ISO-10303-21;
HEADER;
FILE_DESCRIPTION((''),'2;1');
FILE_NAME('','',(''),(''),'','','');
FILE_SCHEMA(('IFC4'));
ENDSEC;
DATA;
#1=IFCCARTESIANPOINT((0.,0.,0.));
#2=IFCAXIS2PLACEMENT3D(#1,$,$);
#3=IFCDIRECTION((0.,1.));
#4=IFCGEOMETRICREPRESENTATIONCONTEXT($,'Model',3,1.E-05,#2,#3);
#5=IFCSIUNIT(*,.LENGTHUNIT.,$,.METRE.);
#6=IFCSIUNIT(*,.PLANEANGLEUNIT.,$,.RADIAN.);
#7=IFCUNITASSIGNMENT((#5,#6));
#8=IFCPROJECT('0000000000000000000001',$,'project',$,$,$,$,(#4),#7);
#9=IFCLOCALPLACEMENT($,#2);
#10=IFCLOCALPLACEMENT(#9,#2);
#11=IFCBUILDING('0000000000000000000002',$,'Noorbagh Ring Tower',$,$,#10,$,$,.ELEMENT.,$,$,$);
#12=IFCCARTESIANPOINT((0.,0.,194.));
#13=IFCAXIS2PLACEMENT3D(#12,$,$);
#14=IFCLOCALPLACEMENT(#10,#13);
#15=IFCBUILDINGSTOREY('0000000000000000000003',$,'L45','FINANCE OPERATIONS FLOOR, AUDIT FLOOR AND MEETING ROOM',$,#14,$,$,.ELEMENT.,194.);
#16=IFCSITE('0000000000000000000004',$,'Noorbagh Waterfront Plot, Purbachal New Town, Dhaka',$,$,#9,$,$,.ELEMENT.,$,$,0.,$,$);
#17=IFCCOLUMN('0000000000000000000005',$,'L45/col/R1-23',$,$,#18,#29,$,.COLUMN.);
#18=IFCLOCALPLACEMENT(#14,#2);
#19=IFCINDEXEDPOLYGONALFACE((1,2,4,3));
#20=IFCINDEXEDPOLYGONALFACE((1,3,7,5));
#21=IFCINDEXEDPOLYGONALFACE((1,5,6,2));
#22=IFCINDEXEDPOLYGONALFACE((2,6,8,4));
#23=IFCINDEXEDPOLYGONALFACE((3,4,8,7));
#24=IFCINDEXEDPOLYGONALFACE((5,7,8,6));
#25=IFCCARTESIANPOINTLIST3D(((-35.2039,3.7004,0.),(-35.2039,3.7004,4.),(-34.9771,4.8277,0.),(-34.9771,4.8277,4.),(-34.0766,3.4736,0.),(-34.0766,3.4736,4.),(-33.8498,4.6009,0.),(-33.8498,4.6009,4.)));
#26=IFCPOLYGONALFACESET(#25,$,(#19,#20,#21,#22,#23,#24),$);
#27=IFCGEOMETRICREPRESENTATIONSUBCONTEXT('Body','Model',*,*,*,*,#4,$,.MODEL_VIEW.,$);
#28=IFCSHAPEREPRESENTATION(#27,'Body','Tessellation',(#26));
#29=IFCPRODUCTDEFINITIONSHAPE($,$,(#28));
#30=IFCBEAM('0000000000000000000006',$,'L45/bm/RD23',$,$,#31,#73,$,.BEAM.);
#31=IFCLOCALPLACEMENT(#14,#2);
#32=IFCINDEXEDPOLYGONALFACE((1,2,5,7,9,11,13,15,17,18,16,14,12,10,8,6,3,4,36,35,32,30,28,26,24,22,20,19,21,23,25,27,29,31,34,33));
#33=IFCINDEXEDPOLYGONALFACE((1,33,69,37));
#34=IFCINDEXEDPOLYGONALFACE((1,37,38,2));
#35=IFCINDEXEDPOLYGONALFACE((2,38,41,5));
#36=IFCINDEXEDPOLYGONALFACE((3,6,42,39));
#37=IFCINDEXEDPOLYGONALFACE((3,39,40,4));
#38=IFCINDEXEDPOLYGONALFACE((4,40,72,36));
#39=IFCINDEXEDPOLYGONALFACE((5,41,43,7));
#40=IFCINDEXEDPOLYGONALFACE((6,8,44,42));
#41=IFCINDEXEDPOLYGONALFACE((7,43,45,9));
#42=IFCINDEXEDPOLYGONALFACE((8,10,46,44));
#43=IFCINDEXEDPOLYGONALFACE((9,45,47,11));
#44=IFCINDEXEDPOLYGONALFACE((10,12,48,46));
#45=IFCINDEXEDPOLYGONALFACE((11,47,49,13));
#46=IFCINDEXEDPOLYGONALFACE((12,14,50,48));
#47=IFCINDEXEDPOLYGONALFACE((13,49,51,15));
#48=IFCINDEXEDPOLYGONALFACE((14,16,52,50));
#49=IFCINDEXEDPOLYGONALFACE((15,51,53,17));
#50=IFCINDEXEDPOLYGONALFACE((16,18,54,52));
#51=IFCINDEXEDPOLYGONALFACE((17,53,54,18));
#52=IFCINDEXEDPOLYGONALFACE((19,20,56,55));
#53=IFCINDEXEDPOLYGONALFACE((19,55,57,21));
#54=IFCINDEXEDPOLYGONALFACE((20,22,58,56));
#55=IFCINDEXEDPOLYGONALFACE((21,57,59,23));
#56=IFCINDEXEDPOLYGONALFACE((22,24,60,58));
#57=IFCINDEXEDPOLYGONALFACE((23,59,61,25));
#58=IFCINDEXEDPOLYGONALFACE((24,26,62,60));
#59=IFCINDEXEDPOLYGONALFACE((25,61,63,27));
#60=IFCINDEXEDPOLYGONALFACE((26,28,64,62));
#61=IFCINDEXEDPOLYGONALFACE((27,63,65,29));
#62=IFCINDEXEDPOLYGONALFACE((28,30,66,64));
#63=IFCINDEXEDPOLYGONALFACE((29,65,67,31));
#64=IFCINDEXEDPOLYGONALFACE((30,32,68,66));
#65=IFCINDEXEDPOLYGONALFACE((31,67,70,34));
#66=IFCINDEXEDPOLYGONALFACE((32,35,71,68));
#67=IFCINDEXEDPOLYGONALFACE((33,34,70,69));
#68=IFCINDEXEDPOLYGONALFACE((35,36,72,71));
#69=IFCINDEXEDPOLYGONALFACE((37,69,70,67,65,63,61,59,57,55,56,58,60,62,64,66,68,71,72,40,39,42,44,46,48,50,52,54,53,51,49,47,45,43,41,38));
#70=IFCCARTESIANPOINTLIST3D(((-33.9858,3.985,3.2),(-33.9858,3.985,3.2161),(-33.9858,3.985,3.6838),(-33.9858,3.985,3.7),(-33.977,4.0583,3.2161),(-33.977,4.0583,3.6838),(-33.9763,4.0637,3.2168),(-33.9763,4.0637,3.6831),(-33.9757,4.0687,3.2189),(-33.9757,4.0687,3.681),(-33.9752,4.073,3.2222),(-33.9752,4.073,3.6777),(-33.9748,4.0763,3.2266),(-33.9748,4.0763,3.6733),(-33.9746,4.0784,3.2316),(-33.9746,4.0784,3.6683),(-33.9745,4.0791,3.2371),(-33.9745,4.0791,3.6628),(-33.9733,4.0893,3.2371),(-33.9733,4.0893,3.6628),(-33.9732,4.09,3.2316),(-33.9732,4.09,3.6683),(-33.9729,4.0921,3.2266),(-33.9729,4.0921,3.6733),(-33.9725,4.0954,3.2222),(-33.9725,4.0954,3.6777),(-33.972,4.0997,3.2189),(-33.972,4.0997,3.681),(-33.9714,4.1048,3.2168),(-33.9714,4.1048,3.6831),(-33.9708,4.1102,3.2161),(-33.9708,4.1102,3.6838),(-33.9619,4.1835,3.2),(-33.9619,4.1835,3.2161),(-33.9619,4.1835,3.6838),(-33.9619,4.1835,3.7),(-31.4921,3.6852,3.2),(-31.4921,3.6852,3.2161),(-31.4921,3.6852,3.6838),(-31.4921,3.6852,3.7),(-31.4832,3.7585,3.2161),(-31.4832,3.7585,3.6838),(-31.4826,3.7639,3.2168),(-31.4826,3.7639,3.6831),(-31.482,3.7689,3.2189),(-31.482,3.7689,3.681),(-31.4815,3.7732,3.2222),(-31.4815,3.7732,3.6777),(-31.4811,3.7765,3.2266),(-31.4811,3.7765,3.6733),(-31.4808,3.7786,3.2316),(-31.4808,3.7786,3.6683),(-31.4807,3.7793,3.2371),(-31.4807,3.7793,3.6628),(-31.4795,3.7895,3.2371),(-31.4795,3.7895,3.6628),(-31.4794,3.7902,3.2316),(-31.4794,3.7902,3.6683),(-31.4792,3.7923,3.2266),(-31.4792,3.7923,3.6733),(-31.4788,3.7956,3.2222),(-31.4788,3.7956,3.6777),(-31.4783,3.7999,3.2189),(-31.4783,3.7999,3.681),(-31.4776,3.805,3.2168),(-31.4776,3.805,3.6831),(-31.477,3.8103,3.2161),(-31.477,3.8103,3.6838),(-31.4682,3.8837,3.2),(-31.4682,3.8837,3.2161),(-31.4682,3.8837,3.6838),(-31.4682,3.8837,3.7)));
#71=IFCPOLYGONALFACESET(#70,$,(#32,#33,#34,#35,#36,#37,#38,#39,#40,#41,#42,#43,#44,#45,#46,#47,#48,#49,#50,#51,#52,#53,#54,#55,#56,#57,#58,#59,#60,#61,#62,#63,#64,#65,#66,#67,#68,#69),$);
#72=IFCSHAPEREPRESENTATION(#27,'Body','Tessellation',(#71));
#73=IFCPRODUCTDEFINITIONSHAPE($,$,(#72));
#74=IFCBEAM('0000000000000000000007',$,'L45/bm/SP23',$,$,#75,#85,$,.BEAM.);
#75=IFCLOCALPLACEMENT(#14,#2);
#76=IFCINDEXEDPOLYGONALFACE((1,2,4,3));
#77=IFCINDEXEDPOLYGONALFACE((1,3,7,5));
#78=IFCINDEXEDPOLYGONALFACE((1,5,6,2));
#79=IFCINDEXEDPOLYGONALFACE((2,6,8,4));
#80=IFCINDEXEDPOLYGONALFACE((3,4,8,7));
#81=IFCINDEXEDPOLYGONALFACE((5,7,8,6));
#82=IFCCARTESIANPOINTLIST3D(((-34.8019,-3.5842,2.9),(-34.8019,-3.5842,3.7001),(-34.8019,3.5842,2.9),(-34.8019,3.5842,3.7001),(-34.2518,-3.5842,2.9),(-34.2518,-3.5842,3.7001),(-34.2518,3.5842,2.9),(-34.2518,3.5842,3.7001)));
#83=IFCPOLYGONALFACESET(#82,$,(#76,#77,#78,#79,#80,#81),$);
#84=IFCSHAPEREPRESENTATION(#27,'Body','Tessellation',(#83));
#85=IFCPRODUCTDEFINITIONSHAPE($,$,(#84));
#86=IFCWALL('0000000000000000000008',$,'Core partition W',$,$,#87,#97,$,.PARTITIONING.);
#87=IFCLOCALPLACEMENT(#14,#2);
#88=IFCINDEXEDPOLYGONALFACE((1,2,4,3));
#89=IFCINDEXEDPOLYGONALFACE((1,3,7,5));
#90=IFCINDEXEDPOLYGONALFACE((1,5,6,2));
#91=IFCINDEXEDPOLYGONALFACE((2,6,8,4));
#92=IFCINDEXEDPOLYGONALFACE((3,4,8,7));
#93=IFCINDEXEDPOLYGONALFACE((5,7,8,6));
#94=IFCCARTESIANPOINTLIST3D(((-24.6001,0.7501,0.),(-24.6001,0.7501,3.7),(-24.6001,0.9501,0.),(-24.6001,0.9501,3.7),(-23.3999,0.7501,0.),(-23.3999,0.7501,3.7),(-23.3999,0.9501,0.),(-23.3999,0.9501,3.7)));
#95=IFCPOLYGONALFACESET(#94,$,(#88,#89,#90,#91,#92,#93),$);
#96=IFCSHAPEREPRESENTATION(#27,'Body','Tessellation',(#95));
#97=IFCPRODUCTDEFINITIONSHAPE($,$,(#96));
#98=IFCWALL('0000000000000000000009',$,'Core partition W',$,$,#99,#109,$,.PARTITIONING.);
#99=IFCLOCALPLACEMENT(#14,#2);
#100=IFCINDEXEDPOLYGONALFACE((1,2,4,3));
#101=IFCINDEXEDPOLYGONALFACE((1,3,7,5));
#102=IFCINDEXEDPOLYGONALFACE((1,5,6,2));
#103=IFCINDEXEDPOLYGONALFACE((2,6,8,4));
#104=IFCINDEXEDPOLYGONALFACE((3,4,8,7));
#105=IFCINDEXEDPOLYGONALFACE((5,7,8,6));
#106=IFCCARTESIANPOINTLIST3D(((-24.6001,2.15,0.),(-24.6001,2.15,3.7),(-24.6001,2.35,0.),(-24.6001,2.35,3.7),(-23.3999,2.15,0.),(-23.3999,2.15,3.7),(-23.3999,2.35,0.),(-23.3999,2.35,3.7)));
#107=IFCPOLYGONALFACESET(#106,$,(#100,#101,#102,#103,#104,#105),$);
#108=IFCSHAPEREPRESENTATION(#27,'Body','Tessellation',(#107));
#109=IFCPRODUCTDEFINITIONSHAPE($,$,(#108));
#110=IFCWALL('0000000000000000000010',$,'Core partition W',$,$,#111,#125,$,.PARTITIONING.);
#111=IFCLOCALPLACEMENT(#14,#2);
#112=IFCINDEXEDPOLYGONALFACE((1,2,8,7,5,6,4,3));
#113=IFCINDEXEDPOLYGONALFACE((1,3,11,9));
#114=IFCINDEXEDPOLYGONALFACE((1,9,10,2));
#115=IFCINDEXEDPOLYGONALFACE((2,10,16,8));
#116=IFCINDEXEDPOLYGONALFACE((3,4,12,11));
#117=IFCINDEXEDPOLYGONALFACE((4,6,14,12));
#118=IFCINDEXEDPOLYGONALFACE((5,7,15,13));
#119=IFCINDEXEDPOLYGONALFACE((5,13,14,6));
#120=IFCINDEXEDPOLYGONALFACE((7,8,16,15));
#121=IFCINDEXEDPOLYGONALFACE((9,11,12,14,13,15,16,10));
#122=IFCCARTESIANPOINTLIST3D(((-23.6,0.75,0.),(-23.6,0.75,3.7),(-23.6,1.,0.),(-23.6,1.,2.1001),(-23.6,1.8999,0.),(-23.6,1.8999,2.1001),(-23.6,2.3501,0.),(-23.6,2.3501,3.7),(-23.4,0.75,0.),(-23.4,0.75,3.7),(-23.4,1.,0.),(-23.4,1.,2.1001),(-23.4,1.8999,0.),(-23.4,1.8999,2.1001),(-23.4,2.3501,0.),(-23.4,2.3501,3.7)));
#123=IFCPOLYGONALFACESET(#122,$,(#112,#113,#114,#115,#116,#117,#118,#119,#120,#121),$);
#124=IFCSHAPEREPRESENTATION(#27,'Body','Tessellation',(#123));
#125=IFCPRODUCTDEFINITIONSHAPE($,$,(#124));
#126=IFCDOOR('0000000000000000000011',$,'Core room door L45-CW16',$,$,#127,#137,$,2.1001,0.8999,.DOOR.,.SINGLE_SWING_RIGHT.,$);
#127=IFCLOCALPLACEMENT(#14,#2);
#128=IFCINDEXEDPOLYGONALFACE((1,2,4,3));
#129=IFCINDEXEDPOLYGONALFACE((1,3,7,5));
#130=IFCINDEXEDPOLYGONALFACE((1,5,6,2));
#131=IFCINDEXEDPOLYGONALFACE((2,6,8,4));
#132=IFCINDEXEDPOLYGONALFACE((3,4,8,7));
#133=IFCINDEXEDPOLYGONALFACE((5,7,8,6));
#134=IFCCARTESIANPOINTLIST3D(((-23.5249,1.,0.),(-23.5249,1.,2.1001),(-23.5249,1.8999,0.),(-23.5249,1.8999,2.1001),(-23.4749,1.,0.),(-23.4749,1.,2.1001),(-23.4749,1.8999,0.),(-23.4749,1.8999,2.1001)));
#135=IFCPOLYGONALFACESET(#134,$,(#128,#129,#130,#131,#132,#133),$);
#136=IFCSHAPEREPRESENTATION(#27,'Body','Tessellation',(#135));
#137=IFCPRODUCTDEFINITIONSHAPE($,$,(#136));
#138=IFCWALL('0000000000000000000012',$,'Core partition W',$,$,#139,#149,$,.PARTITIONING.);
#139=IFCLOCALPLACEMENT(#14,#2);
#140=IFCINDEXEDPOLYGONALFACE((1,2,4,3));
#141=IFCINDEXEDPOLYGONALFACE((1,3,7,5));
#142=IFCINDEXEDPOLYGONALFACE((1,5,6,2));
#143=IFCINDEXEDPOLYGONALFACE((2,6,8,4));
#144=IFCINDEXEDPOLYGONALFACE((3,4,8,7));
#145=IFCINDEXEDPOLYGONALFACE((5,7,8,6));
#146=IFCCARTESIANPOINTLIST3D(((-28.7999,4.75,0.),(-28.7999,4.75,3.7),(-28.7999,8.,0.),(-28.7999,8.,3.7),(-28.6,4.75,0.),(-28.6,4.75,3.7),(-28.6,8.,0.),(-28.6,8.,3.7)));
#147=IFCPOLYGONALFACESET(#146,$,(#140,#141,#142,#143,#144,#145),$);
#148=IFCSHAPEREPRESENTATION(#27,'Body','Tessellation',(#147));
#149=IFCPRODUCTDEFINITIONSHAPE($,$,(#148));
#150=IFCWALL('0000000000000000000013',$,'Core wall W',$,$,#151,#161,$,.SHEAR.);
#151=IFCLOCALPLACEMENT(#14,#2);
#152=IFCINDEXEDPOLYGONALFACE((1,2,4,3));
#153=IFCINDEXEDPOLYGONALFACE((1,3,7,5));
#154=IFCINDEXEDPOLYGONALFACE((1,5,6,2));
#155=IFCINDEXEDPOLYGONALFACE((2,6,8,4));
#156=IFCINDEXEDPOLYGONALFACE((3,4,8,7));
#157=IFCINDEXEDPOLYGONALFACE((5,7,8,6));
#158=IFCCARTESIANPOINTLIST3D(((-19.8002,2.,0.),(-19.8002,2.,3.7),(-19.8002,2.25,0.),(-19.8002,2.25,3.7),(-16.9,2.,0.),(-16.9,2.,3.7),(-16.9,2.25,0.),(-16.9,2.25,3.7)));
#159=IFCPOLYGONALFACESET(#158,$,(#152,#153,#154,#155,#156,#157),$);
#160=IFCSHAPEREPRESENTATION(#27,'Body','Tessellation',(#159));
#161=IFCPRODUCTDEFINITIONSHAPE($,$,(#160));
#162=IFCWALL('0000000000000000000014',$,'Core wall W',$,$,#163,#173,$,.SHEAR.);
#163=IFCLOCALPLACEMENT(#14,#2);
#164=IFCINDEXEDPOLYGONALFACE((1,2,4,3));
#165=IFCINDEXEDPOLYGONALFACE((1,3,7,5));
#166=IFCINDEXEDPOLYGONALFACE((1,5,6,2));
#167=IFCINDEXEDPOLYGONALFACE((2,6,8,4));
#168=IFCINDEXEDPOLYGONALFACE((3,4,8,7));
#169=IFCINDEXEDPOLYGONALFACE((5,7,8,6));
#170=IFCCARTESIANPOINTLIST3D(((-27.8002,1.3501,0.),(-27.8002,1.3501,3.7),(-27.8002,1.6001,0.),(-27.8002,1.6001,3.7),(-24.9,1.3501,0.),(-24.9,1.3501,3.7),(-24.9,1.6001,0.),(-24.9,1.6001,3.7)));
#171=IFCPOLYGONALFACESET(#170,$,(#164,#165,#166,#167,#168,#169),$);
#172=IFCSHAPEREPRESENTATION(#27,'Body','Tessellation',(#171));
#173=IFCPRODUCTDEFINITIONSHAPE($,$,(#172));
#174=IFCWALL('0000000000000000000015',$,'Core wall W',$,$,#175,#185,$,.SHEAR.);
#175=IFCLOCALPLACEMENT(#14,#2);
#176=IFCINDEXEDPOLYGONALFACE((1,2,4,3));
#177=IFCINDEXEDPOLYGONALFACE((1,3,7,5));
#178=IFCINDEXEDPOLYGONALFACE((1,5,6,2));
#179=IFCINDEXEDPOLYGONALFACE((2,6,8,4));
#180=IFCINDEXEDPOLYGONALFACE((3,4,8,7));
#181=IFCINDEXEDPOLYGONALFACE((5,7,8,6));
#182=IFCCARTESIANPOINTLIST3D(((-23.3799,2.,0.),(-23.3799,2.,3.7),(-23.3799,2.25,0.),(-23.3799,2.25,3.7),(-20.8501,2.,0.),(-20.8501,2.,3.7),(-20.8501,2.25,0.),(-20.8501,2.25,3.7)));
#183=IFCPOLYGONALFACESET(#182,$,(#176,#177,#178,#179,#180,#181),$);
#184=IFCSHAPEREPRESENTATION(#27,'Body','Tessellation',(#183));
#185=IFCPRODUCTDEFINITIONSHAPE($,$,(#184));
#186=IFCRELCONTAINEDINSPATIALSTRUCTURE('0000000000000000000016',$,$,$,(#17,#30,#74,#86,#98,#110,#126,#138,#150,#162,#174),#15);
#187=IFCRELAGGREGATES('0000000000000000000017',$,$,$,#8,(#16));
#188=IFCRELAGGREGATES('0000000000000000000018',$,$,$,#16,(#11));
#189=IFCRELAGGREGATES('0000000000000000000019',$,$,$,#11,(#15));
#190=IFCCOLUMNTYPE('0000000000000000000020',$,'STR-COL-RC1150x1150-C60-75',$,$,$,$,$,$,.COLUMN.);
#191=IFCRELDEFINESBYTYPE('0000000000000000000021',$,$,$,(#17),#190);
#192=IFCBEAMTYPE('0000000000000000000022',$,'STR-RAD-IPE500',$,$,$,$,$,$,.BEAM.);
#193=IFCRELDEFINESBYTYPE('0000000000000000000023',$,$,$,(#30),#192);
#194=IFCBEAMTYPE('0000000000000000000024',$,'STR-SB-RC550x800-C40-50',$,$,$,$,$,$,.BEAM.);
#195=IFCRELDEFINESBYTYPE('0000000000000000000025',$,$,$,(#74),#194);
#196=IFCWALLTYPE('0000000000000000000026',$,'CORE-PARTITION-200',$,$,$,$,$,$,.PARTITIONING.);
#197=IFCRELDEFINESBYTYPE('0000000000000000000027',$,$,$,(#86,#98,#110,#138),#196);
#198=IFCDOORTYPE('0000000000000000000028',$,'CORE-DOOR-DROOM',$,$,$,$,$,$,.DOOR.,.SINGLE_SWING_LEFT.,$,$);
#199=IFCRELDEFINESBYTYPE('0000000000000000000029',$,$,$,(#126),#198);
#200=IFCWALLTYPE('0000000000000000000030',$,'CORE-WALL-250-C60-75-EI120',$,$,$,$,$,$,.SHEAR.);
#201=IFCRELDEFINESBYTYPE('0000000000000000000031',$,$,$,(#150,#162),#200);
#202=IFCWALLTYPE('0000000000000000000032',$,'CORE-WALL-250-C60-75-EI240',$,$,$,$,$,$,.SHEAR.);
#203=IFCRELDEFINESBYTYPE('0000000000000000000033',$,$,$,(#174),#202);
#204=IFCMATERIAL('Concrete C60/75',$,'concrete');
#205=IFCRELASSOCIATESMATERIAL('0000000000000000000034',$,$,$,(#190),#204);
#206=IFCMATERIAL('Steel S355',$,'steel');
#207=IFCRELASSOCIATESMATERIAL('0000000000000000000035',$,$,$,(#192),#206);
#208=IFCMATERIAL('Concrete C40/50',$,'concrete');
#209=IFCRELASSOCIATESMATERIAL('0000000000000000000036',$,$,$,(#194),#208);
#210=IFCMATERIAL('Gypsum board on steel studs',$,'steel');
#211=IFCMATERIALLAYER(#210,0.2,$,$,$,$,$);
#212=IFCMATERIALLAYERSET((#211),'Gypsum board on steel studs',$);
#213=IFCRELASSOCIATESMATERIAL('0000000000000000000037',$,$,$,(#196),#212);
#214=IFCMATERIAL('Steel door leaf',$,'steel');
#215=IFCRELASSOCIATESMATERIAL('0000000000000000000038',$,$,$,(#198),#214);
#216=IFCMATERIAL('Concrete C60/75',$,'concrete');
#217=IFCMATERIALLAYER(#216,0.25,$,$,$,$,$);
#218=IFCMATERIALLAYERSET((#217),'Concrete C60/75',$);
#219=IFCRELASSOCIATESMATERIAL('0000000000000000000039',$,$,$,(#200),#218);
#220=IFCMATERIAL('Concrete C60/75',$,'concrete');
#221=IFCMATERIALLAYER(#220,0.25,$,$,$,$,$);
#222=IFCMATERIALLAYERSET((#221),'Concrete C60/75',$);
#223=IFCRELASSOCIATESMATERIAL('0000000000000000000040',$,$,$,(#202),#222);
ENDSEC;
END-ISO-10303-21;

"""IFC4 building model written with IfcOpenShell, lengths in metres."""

from ifc_helpers import new_model, si_unit, direction, frame, frame_2d, origin, origin_2d, place, context, subcontext, project, spatial, rectangle, i_section, extrude, material, layer, layer_set, material_profile, profile_set, type_object, element, fill, save


model = new_model("IFC4")

# Units and contexts
model_context = context("Model", 3, precision=1e-05, world=origin(), true_north=direction((0.0, 1.0)))
body_context = subcontext(model_context, "Body", "Model", "MODEL_VIEW")
ifc_project = project(units=[si_unit("LENGTHUNIT", "METRE"), si_unit("PLANEANGLEUNIT", "RADIAN")], contexts=[model_context])

# Site, building, storey
site_placement = place(None, origin())
site = spatial("IfcSite", under=ifc_project, at=site_placement, Name="Noorbagh Waterfront Plot, Purbachal New Town, Dhaka", CompositionType="ELEMENT", RefElevation=0.0)
building_placement = place(site_placement, origin())
building = spatial("IfcBuilding", under=site, at=building_placement, Name="Noorbagh Ring Tower", CompositionType="ELEMENT")
storey_placement = place(building_placement, frame((0.0, 0.0, 194.0)))
storey = spatial("IfcBuildingStorey", under=building, at=storey_placement, Name="L45", Description="FINANCE OPERATIONS FLOOR, AUDIT FLOOR AND MEETING ROOM", CompositionType="ELEMENT", Elevation=194.0)

# Column
ifc_material_1 = material(Name="Concrete C60/75", Category="concrete")
ifc_material_profile_1 = material_profile(ifc_material_1, rectangle(XDim=1.1499, YDim=1.1499, at=origin_2d()), Name="RC1150x1150")
ifc_profile_set_1 = profile_set([ifc_material_profile_1], Name="Concrete C60/75")
column_type = type_object("IfcColumnType", Name="STR-COL-RC1150x1150-C60-75", PredefinedType="COLUMN", material=ifc_profile_set_1)
column_placement = place(storey_placement, frame((-34.5269, 4.1506, 0.0), z_axis=(0.0, 0.0, 1.0), x_axis=(-0.19723, -0.980357, 0.0)))
element("IfcColumn", 1, at=column_placement, inside=storey, type_object=column_type, Name="L45/col/R1-23", PredefinedType="COLUMN", context=body_context, shape_type="SweptSolid", body=[
    extrude(rectangle(XDim=1.1499, YDim=1.1499, at=origin_2d()), origin(), (0.0, 0.0, 1.0), 4.0),
])

# Beams
ifc_material_2 = material(Name="Steel S355", Category="steel")
ifc_material_profile_2 = material_profile(ifc_material_2, i_section(OverallWidth=0.2, OverallDepth=0.5, WebThickness=0.0103, FlangeThickness=0.0161, FilletRadius=0.021, at=origin_2d()), Name="IPE500")
ifc_profile_set_2 = profile_set([ifc_material_profile_2], Name="Steel S355")
beam_type_1 = type_object("IfcBeamType", Name="STR-RAD-IPE500", PredefinedType="BEAM", material=ifc_profile_set_2)
beam_1_placement = place(storey_placement, frame((-33.9739, 4.0842, 3.45), z_axis=(0.99285, -0.119368, 0.0), x_axis=(0.119368, 0.99285, 0.0)))
element("IfcBeam", 2, at=beam_1_placement, inside=storey, type_object=beam_type_1, Name="L45/bm/RD23", PredefinedType="BEAM", context=body_context, shape_type="SweptSolid", body=[
    extrude(i_section(OverallWidth=0.2, OverallDepth=0.5, WebThickness=0.0103, FlangeThickness=0.0161, FilletRadius=0.021, at=origin_2d()), origin(), (0.0, 0.0, 1.0), 2.5117),
])
ifc_material_3 = material(Name="Concrete C40/50", Category="concrete")
ifc_material_profile_3 = material_profile(ifc_material_3, rectangle(XDim=0.55, YDim=0.8, at=origin_2d()), Name="RC550x800")
ifc_profile_set_3 = profile_set([ifc_material_profile_3], Name="Concrete C40/50")
beam_type_2 = type_object("IfcBeamType", Name="STR-SB-RC550x800-C40-50", PredefinedType="BEAM", material=ifc_profile_set_3)
beam_2_placement = place(storey_placement, frame((-34.5269, 3.5842, 3.3), z_axis=(0.0, -1.0, 0.0), x_axis=(1.0, 0.0, 0.0)))
element("IfcBeam", 3, at=beam_2_placement, inside=storey, type_object=beam_type_2, Name="L45/bm/SP23", PredefinedType="BEAM", context=body_context, shape_type="SweptSolid", body=[
    extrude(rectangle(XDim=0.55, YDim=0.8, at=origin_2d()), origin(), (0.0, 0.0, 1.0), 7.1685),
])

# Walls
ifc_material_4 = material(Name="Gypsum board on steel studs", Category="steel")
ifc_layer_1 = layer(ifc_material_4, 0.2)
ifc_layer_set_1 = layer_set([ifc_layer_1], Name="Gypsum board on steel studs")
wall_type_1 = type_object("IfcWallType", Name="CORE-PARTITION-200", PredefinedType="PARTITIONING", material=ifc_layer_set_1)
for number, where, z_axis, x_axis, name in (
    (4, (-23.3999, 0.8501, 0.0), (0.0, 0.0, 1.0), (-1.0, 0.0, 0.0), "Core partition W"),
    (5, (-23.3999, 2.25, 0.0), (0.0, 0.0, 1.0), (-1.0, 0.0, 0.0), "Core partition W"),
):
    element("IfcWall", number, at=place(storey_placement, frame(where, z_axis=z_axis, x_axis=x_axis)), inside=storey, type_object=wall_type_1, Name=name, PredefinedType="PARTITIONING", context=body_context, shape_type="SweptSolid", body=[
        extrude(rectangle(XDim=1.2002, YDim=0.2, at=frame_2d((0.6001, 0.0))), origin(), (0.0, 0.0, 1.0), 3.7),
    ])

# Wall, opening, door
wall_1_placement = place(storey_placement, frame((-23.5, 0.75, 0.0), z_axis=(0.0, 0.0, 1.0), x_axis=(0.0, 1.0, 0.0)))
wall_1 = element("IfcWall", 6, at=wall_1_placement, inside=storey, type_object=wall_type_1, Name="Core partition W", PredefinedType="PARTITIONING", context=body_context, shape_type="SweptSolid", body=[
    extrude(rectangle(XDim=1.6001, YDim=0.2, at=frame_2d((0.8, 0.0))), origin(), (0.0, 0.0, 1.0), 3.7),
])
opening_1_placement = place(wall_1_placement, frame((0.25, 0.0, 0.0)))
opening_1 = element("IfcOpeningElement", 7, at=opening_1_placement, cuts=wall_1, PredefinedType="OPENING", context=body_context, shape_type="SweptSolid", body=[
    extrude(rectangle(XDim=0.8999, YDim=2.1001, at=frame_2d((0.45, 1.05))), frame((0.0, 0.1099, 0.0), z_axis=(0.0, -1.0, 0.0), x_axis=(1.0, 0.0, 0.0)), (0.0, 0.0, 1.0), 0.22),
])
ifc_material_5 = material(Name="Steel door leaf", Category="steel")
door_type_1 = type_object("IfcDoorType", Name="CORE-DOOR-DROOM", OperationType="SINGLE_SWING_LEFT", PredefinedType="DOOR", material=ifc_material_5)
door_1_placement = place(opening_1_placement, origin())
door_1 = element("IfcDoor", 8, at=door_1_placement, inside=storey, type_object=door_type_1, Name="Core room door L45-CW16", OperationType="SINGLE_SWING_RIGHT", OverallHeight=2.1001, OverallWidth=0.8999, PredefinedType="DOOR", context=body_context, shape_type="SweptSolid", body=[
    extrude(rectangle(XDim=0.8999, YDim=2.1001, at=frame_2d((0.45, 1.05))), frame((0.0, 0.0249, 0.0), z_axis=(0.0, -1.0, 0.0), x_axis=(1.0, 0.0, 0.0)), (0.0, 0.0, 1.0), 0.05),
])
fill(opening_1, door_1)

# Walls
wall_2_placement = place(storey_placement, frame((-28.7, 4.75, 0.0), z_axis=(0.0, 0.0, 1.0), x_axis=(0.0, 1.0, 0.0)))
element("IfcWall", 9, at=wall_2_placement, inside=storey, type_object=wall_type_1, Name="Core partition W", PredefinedType="PARTITIONING", context=body_context, shape_type="SweptSolid", body=[
    extrude(rectangle(XDim=3.25, YDim=0.2, at=frame_2d((1.625, 0.0))), origin(), (0.0, 0.0, 1.0), 3.7),
])
ifc_material_6 = material(Name="Concrete C60/75", Category="concrete")
ifc_layer_2 = layer(ifc_material_6, 0.25)
ifc_layer_set_2 = layer_set([ifc_layer_2], Name="Concrete C60/75")
wall_type_2 = type_object("IfcWallType", Name="CORE-WALL-250-C60-75-EI120", PredefinedType="SHEAR", material=ifc_layer_set_2)
for number, where, z_axis, x_axis, name in (
    (10, (-16.8999, 2.125, 0.0), (0.0, 0.0, 1.0), (-1.0, 0.0, 0.0), "Core wall W"),
    (11, (-24.8999, 1.4751, 0.0), (0.0, 0.0, 1.0), (-1.0, 0.0, 0.0), "Core wall W"),
):
    element("IfcWall", number, at=place(storey_placement, frame(where, z_axis=z_axis, x_axis=x_axis)), inside=storey, type_object=wall_type_2, Name=name, PredefinedType="SHEAR", context=body_context, shape_type="SweptSolid", body=[
        extrude(rectangle(XDim=2.9001, YDim=0.25, at=frame_2d((1.4502, 0.0))), origin(), (0.0, 0.0, 1.0), 3.7),
    ])
ifc_material_7 = material(Name="Concrete C60/75", Category="concrete")
ifc_layer_3 = layer(ifc_material_7, 0.25)
ifc_layer_set_3 = layer_set([ifc_layer_3], Name="Concrete C60/75")
wall_type_3 = type_object("IfcWallType", Name="CORE-WALL-250-C60-75-EI240", PredefinedType="SHEAR", material=ifc_layer_set_3)
wall_3_placement = place(storey_placement, frame((-20.8501, 2.125, 0.0), z_axis=(0.0, 0.0, 1.0), x_axis=(-1.0, 0.0, 0.0)))
element("IfcWall", 12, at=wall_3_placement, inside=storey, type_object=wall_type_3, Name="Core wall W", PredefinedType="SHEAR", context=body_context, shape_type="SweptSolid", body=[
    extrude(rectangle(XDim=2.5298, YDim=0.25, at=frame_2d((1.2649, 0.0))), origin(), (0.0, 0.0, 1.0), 3.7),
])

save(model, "model.ifc")
